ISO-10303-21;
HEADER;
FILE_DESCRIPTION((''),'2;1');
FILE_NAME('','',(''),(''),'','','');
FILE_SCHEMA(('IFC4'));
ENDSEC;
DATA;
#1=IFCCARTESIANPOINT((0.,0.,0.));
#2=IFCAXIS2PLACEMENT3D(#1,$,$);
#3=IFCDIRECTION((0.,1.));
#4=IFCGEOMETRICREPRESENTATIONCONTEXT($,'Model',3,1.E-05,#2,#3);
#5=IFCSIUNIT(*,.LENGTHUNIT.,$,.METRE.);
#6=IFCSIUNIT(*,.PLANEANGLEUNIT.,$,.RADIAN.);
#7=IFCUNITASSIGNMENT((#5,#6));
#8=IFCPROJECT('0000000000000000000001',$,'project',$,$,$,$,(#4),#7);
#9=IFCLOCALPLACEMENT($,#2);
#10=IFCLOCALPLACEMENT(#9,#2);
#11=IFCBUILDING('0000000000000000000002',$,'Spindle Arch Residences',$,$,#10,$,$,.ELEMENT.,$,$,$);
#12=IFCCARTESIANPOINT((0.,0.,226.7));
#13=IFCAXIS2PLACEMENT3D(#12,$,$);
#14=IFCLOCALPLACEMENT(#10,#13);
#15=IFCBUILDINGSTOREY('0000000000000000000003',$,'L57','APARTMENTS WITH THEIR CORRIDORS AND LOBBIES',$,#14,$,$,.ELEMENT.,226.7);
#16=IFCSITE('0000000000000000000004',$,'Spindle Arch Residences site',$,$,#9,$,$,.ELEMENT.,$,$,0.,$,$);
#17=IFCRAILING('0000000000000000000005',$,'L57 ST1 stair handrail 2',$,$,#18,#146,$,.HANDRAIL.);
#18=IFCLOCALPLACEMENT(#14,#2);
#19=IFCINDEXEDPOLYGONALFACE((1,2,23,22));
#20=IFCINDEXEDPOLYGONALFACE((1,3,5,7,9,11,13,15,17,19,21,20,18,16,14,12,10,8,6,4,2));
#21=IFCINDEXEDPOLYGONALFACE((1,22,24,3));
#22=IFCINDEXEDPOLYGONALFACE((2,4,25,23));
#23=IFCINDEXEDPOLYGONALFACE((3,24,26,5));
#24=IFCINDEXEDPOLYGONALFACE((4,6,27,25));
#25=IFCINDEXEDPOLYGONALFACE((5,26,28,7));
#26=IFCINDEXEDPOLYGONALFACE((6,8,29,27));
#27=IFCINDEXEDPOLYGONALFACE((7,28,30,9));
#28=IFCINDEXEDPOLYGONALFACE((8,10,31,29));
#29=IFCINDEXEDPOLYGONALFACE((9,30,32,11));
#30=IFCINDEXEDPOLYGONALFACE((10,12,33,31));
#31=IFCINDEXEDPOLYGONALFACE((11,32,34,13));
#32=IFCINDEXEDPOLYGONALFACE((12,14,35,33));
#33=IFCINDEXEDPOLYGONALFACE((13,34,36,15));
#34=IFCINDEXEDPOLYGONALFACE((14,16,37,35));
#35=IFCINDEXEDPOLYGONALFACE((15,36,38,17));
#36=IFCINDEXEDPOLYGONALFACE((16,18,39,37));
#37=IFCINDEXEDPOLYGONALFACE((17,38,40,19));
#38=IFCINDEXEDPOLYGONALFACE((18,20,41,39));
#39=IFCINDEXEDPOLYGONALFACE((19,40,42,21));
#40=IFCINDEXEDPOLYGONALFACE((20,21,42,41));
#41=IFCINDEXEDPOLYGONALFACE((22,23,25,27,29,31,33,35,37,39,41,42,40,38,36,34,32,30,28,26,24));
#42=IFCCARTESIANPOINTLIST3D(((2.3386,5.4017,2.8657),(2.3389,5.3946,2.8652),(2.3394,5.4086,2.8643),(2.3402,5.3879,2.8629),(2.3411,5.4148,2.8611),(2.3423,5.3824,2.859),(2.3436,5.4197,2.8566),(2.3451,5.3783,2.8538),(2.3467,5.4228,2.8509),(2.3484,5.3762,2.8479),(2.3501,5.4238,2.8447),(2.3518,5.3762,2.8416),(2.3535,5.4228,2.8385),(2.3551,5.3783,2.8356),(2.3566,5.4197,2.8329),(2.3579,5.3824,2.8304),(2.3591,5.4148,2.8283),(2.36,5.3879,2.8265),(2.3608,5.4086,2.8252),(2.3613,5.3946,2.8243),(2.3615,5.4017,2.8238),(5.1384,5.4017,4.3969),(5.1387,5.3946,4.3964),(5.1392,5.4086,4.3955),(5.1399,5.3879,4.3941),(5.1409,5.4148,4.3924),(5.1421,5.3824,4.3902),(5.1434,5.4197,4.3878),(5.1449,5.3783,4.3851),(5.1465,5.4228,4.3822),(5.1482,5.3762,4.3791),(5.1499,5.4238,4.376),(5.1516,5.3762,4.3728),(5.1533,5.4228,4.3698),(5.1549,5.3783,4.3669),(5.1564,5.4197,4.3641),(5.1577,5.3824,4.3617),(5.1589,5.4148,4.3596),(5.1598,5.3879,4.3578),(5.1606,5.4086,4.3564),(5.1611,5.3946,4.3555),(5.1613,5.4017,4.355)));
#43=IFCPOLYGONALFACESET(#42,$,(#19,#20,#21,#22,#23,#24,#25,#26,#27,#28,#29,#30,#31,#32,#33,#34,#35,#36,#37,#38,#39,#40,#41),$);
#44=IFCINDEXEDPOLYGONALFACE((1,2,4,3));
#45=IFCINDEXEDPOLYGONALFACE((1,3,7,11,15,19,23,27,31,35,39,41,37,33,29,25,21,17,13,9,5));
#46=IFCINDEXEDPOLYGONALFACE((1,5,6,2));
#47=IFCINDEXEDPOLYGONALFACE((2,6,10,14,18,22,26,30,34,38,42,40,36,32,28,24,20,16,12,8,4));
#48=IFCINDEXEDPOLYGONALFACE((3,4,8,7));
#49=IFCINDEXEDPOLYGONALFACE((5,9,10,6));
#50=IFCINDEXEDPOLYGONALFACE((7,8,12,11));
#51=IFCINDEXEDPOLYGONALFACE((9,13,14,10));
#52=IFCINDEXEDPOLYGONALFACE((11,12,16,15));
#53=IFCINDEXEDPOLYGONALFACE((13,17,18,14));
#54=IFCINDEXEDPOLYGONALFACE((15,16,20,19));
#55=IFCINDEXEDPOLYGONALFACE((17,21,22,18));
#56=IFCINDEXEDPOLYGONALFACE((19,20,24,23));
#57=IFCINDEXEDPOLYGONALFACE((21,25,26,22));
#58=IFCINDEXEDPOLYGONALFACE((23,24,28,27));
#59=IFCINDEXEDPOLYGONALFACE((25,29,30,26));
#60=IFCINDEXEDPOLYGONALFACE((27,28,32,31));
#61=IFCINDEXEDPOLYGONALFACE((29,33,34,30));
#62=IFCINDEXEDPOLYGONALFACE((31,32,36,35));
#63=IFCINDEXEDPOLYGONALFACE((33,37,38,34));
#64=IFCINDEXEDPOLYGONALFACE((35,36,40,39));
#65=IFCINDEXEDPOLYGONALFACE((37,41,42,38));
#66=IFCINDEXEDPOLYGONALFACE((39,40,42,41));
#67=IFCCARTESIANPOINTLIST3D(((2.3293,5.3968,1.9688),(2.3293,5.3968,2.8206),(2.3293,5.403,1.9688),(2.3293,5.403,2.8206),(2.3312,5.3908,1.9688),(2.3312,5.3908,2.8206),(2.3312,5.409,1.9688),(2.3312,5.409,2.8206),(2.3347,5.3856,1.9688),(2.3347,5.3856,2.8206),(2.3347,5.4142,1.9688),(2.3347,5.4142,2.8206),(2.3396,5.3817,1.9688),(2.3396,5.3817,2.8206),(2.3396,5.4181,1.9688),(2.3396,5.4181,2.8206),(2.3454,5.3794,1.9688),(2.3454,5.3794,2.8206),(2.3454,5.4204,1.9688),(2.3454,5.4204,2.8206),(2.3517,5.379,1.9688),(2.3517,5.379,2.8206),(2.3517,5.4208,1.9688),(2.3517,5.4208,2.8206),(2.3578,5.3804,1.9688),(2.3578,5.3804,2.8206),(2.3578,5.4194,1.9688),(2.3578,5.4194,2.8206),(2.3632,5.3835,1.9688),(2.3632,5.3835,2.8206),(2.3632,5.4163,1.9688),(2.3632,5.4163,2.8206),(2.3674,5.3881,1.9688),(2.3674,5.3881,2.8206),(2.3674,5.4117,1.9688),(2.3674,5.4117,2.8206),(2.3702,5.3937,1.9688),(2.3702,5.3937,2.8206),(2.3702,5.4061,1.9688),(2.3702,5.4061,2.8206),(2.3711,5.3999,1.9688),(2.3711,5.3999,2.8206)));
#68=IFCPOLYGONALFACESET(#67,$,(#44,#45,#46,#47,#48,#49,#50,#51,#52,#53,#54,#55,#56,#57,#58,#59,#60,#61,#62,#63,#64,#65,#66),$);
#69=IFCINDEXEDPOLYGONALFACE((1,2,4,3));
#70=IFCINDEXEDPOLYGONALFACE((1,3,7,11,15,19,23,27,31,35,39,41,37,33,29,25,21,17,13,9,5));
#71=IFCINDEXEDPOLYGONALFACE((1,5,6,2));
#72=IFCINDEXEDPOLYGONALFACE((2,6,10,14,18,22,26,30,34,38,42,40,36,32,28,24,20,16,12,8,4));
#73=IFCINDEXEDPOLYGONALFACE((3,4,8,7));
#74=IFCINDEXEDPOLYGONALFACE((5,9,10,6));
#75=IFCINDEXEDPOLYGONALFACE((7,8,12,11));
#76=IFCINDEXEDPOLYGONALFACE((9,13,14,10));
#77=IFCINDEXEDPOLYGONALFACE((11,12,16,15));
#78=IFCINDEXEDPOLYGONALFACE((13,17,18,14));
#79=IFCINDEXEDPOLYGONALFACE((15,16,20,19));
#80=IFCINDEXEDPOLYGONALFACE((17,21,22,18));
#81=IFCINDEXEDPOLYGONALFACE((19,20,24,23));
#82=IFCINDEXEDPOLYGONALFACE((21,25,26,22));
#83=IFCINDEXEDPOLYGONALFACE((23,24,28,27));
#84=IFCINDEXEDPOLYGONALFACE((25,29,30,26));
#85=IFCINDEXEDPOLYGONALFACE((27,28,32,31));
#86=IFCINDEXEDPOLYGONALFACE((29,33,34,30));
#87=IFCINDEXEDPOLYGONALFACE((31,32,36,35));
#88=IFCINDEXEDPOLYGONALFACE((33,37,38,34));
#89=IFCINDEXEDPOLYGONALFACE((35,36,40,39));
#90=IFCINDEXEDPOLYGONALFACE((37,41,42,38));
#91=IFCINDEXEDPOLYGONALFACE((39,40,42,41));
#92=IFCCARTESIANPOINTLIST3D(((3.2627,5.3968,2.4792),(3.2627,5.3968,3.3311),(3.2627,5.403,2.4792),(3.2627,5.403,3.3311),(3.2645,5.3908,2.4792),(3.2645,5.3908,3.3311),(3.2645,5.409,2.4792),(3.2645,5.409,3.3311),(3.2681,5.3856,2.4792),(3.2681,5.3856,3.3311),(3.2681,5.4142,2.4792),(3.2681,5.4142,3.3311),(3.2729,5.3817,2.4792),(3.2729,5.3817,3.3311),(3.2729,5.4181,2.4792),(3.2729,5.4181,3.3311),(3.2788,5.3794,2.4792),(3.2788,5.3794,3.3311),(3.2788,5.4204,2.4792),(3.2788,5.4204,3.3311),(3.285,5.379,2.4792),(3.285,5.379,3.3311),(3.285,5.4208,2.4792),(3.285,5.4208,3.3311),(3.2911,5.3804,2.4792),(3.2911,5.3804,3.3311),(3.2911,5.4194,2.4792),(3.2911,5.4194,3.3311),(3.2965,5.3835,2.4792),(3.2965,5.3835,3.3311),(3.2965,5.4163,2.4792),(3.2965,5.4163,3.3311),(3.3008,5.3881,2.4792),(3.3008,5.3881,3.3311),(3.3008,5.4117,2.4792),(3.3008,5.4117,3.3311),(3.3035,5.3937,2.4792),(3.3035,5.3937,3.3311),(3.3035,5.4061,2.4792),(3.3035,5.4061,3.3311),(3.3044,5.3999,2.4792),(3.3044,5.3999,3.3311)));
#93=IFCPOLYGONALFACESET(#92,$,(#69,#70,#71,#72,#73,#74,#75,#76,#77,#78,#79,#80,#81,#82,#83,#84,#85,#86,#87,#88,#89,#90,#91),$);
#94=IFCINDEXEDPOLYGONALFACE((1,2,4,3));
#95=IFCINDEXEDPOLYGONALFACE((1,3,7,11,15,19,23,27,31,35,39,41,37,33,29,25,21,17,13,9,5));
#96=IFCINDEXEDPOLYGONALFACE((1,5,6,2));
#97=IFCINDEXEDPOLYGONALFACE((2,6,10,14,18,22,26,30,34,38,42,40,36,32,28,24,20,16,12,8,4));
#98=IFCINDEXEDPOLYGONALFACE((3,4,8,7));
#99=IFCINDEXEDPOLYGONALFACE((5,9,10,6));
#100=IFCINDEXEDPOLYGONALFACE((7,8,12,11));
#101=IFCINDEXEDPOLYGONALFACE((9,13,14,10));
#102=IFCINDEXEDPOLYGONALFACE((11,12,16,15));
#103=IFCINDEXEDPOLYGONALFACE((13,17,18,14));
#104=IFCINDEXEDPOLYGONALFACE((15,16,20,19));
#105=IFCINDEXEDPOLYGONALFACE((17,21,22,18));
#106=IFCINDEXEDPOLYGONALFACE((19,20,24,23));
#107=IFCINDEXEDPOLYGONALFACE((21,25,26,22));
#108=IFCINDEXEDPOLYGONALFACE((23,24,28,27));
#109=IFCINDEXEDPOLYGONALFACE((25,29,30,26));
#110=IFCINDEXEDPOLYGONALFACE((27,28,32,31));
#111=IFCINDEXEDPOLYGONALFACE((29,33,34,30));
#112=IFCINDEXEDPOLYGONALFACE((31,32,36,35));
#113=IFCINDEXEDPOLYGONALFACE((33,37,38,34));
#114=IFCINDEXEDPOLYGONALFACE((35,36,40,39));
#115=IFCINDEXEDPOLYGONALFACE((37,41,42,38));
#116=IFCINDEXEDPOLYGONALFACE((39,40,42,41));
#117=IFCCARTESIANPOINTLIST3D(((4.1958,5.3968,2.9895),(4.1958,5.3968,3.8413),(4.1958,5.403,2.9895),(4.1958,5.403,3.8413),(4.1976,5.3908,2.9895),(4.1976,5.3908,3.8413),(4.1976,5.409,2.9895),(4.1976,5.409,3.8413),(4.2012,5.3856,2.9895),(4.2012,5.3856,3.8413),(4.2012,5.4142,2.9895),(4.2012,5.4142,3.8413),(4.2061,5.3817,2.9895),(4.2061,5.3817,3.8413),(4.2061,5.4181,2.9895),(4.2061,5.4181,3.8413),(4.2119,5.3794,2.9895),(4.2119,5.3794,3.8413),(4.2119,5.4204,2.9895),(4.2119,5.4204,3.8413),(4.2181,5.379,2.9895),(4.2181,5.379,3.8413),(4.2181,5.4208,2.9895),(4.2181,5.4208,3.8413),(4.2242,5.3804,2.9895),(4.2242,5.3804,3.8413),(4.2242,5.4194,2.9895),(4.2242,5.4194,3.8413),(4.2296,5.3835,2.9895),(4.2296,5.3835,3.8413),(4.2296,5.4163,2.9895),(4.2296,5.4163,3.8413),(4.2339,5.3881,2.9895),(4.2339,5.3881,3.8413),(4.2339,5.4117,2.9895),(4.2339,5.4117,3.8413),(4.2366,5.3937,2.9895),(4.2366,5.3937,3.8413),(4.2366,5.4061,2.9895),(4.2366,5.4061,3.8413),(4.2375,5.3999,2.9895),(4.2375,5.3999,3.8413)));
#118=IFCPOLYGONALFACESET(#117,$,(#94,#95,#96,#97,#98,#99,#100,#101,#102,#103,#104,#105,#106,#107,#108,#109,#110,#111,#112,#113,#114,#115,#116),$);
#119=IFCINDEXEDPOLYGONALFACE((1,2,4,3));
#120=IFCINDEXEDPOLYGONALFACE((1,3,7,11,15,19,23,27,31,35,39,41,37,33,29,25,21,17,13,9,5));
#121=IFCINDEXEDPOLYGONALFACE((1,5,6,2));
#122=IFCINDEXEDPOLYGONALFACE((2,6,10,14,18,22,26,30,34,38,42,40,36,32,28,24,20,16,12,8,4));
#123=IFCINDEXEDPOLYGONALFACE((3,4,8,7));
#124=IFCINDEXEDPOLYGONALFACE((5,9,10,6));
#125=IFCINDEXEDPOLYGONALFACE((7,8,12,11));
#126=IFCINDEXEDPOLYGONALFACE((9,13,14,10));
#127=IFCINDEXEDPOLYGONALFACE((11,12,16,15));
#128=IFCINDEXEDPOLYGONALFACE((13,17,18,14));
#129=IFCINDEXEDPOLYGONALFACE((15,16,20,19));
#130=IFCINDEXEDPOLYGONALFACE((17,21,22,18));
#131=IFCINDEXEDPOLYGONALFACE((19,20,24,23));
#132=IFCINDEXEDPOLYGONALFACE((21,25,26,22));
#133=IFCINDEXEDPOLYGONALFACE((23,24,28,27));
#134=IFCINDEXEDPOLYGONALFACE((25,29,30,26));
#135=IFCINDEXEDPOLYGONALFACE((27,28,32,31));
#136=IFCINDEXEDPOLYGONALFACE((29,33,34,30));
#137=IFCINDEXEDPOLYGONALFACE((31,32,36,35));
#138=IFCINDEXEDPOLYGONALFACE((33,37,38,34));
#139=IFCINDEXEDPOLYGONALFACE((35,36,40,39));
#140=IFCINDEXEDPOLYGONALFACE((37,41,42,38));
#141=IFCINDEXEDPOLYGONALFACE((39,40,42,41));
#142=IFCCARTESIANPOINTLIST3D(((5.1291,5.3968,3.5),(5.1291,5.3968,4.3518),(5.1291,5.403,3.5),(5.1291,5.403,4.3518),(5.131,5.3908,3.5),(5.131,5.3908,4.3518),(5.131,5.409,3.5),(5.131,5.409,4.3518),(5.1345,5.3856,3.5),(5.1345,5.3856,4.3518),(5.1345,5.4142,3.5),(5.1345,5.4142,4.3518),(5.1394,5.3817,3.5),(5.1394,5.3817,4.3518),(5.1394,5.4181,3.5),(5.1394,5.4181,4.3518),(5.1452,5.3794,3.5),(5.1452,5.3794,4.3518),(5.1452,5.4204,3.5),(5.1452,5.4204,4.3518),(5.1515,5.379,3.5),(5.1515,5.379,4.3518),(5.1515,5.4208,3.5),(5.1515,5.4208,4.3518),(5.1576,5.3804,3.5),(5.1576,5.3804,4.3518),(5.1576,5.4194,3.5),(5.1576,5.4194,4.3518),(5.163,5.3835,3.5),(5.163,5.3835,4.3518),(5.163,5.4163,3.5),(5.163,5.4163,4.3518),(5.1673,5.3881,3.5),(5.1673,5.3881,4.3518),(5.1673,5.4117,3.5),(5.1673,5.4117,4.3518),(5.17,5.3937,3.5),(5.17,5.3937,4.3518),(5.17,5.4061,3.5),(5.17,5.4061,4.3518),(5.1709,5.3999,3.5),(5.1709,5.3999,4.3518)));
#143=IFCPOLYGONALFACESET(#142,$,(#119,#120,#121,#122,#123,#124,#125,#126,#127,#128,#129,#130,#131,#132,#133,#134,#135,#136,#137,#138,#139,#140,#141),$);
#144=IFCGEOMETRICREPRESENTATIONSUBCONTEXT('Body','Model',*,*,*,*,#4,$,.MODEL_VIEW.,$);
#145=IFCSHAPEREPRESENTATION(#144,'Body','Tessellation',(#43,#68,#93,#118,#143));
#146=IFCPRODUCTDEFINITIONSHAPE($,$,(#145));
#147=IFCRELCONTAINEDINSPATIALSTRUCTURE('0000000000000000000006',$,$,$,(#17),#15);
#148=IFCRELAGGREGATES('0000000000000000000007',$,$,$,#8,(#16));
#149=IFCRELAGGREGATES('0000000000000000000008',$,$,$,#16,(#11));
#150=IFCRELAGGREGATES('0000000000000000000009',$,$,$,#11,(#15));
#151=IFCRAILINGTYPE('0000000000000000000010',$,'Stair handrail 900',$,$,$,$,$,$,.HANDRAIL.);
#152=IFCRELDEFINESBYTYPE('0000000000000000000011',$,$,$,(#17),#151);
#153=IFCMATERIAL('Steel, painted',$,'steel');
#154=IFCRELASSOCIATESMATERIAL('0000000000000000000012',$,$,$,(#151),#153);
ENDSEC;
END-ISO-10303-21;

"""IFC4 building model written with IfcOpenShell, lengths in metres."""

from ifc_helpers import new_model, si_unit, direction, frame, origin, origin_2d, place, context, subcontext, project, spatial, circle, extrude, material, type_object, element, save


model = new_model("IFC4")

# Units and contexts
model_context = context("Model", 3, precision=1e-05, world=origin(), true_north=direction((0.0, 1.0)))
body_context = subcontext(model_context, "Body", "Model", "MODEL_VIEW")
ifc_project = project(units=[si_unit("LENGTHUNIT", "METRE"), si_unit("PLANEANGLEUNIT", "RADIAN")], contexts=[model_context])

# Site, building, storey
site_placement = place(None, origin())
site = spatial("IfcSite", under=ifc_project, at=site_placement, Name="Spindle Arch Residences site", CompositionType="ELEMENT", RefElevation=0.0)
building_placement = place(site_placement, origin())
building = spatial("IfcBuilding", under=site, at=building_placement, Name="Spindle Arch Residences", CompositionType="ELEMENT")
storey_placement = place(building_placement, frame((0.0, 0.0, 226.7)))
storey = spatial("IfcBuildingStorey", under=building, at=storey_placement, Name="L57", Description="APARTMENTS WITH THEIR CORRIDORS AND LOBBIES", CompositionType="ELEMENT", Elevation=226.7)

# Railing
ifc_material_1 = material(Name="Steel, painted", Category="steel")
railing_type_1 = type_object("IfcRailingType", Name="Stair handrail 900", PredefinedType="HANDRAIL", material=ifc_material_1)
railing_1_placement = place(storey_placement, frame((2.3501, 5.3999, 1.9688)))
element("IfcRailing", 1, at=railing_1_placement, inside=storey, type_object=railing_type_1, Name="L57 ST1 stair handrail 2", PredefinedType="HANDRAIL", context=body_context, shape_type="SweptSolid", body=[
    extrude(circle(Radius=0.0239, at=origin_2d()), frame((0.0, 0.0, 0.876), z_axis=(0.877357, 0.0, 0.479838), x_axis=(0.0, 1.0, 0.0)), (0.0, 0.0, 1.0), 3.1912),
    extrude(circle(Radius=0.021, at=origin_2d()), origin(), (0.0, 0.0, 1.0), 0.8518),
    extrude(circle(Radius=0.021, at=origin_2d()), frame((0.9333, 0.0, 0.5105)), (0.0, 0.0, 1.0), 0.8518),
    extrude(circle(Radius=0.021, at=origin_2d()), frame((1.8665, 0.0, 1.0208)), (0.0, 0.0, 1.0), 0.8518),
    extrude(circle(Radius=0.021, at=origin_2d()), frame((2.7998, 0.0, 1.5312)), (0.0, 0.0, 1.0), 0.8518),
])

save(model, "model.ifc")
